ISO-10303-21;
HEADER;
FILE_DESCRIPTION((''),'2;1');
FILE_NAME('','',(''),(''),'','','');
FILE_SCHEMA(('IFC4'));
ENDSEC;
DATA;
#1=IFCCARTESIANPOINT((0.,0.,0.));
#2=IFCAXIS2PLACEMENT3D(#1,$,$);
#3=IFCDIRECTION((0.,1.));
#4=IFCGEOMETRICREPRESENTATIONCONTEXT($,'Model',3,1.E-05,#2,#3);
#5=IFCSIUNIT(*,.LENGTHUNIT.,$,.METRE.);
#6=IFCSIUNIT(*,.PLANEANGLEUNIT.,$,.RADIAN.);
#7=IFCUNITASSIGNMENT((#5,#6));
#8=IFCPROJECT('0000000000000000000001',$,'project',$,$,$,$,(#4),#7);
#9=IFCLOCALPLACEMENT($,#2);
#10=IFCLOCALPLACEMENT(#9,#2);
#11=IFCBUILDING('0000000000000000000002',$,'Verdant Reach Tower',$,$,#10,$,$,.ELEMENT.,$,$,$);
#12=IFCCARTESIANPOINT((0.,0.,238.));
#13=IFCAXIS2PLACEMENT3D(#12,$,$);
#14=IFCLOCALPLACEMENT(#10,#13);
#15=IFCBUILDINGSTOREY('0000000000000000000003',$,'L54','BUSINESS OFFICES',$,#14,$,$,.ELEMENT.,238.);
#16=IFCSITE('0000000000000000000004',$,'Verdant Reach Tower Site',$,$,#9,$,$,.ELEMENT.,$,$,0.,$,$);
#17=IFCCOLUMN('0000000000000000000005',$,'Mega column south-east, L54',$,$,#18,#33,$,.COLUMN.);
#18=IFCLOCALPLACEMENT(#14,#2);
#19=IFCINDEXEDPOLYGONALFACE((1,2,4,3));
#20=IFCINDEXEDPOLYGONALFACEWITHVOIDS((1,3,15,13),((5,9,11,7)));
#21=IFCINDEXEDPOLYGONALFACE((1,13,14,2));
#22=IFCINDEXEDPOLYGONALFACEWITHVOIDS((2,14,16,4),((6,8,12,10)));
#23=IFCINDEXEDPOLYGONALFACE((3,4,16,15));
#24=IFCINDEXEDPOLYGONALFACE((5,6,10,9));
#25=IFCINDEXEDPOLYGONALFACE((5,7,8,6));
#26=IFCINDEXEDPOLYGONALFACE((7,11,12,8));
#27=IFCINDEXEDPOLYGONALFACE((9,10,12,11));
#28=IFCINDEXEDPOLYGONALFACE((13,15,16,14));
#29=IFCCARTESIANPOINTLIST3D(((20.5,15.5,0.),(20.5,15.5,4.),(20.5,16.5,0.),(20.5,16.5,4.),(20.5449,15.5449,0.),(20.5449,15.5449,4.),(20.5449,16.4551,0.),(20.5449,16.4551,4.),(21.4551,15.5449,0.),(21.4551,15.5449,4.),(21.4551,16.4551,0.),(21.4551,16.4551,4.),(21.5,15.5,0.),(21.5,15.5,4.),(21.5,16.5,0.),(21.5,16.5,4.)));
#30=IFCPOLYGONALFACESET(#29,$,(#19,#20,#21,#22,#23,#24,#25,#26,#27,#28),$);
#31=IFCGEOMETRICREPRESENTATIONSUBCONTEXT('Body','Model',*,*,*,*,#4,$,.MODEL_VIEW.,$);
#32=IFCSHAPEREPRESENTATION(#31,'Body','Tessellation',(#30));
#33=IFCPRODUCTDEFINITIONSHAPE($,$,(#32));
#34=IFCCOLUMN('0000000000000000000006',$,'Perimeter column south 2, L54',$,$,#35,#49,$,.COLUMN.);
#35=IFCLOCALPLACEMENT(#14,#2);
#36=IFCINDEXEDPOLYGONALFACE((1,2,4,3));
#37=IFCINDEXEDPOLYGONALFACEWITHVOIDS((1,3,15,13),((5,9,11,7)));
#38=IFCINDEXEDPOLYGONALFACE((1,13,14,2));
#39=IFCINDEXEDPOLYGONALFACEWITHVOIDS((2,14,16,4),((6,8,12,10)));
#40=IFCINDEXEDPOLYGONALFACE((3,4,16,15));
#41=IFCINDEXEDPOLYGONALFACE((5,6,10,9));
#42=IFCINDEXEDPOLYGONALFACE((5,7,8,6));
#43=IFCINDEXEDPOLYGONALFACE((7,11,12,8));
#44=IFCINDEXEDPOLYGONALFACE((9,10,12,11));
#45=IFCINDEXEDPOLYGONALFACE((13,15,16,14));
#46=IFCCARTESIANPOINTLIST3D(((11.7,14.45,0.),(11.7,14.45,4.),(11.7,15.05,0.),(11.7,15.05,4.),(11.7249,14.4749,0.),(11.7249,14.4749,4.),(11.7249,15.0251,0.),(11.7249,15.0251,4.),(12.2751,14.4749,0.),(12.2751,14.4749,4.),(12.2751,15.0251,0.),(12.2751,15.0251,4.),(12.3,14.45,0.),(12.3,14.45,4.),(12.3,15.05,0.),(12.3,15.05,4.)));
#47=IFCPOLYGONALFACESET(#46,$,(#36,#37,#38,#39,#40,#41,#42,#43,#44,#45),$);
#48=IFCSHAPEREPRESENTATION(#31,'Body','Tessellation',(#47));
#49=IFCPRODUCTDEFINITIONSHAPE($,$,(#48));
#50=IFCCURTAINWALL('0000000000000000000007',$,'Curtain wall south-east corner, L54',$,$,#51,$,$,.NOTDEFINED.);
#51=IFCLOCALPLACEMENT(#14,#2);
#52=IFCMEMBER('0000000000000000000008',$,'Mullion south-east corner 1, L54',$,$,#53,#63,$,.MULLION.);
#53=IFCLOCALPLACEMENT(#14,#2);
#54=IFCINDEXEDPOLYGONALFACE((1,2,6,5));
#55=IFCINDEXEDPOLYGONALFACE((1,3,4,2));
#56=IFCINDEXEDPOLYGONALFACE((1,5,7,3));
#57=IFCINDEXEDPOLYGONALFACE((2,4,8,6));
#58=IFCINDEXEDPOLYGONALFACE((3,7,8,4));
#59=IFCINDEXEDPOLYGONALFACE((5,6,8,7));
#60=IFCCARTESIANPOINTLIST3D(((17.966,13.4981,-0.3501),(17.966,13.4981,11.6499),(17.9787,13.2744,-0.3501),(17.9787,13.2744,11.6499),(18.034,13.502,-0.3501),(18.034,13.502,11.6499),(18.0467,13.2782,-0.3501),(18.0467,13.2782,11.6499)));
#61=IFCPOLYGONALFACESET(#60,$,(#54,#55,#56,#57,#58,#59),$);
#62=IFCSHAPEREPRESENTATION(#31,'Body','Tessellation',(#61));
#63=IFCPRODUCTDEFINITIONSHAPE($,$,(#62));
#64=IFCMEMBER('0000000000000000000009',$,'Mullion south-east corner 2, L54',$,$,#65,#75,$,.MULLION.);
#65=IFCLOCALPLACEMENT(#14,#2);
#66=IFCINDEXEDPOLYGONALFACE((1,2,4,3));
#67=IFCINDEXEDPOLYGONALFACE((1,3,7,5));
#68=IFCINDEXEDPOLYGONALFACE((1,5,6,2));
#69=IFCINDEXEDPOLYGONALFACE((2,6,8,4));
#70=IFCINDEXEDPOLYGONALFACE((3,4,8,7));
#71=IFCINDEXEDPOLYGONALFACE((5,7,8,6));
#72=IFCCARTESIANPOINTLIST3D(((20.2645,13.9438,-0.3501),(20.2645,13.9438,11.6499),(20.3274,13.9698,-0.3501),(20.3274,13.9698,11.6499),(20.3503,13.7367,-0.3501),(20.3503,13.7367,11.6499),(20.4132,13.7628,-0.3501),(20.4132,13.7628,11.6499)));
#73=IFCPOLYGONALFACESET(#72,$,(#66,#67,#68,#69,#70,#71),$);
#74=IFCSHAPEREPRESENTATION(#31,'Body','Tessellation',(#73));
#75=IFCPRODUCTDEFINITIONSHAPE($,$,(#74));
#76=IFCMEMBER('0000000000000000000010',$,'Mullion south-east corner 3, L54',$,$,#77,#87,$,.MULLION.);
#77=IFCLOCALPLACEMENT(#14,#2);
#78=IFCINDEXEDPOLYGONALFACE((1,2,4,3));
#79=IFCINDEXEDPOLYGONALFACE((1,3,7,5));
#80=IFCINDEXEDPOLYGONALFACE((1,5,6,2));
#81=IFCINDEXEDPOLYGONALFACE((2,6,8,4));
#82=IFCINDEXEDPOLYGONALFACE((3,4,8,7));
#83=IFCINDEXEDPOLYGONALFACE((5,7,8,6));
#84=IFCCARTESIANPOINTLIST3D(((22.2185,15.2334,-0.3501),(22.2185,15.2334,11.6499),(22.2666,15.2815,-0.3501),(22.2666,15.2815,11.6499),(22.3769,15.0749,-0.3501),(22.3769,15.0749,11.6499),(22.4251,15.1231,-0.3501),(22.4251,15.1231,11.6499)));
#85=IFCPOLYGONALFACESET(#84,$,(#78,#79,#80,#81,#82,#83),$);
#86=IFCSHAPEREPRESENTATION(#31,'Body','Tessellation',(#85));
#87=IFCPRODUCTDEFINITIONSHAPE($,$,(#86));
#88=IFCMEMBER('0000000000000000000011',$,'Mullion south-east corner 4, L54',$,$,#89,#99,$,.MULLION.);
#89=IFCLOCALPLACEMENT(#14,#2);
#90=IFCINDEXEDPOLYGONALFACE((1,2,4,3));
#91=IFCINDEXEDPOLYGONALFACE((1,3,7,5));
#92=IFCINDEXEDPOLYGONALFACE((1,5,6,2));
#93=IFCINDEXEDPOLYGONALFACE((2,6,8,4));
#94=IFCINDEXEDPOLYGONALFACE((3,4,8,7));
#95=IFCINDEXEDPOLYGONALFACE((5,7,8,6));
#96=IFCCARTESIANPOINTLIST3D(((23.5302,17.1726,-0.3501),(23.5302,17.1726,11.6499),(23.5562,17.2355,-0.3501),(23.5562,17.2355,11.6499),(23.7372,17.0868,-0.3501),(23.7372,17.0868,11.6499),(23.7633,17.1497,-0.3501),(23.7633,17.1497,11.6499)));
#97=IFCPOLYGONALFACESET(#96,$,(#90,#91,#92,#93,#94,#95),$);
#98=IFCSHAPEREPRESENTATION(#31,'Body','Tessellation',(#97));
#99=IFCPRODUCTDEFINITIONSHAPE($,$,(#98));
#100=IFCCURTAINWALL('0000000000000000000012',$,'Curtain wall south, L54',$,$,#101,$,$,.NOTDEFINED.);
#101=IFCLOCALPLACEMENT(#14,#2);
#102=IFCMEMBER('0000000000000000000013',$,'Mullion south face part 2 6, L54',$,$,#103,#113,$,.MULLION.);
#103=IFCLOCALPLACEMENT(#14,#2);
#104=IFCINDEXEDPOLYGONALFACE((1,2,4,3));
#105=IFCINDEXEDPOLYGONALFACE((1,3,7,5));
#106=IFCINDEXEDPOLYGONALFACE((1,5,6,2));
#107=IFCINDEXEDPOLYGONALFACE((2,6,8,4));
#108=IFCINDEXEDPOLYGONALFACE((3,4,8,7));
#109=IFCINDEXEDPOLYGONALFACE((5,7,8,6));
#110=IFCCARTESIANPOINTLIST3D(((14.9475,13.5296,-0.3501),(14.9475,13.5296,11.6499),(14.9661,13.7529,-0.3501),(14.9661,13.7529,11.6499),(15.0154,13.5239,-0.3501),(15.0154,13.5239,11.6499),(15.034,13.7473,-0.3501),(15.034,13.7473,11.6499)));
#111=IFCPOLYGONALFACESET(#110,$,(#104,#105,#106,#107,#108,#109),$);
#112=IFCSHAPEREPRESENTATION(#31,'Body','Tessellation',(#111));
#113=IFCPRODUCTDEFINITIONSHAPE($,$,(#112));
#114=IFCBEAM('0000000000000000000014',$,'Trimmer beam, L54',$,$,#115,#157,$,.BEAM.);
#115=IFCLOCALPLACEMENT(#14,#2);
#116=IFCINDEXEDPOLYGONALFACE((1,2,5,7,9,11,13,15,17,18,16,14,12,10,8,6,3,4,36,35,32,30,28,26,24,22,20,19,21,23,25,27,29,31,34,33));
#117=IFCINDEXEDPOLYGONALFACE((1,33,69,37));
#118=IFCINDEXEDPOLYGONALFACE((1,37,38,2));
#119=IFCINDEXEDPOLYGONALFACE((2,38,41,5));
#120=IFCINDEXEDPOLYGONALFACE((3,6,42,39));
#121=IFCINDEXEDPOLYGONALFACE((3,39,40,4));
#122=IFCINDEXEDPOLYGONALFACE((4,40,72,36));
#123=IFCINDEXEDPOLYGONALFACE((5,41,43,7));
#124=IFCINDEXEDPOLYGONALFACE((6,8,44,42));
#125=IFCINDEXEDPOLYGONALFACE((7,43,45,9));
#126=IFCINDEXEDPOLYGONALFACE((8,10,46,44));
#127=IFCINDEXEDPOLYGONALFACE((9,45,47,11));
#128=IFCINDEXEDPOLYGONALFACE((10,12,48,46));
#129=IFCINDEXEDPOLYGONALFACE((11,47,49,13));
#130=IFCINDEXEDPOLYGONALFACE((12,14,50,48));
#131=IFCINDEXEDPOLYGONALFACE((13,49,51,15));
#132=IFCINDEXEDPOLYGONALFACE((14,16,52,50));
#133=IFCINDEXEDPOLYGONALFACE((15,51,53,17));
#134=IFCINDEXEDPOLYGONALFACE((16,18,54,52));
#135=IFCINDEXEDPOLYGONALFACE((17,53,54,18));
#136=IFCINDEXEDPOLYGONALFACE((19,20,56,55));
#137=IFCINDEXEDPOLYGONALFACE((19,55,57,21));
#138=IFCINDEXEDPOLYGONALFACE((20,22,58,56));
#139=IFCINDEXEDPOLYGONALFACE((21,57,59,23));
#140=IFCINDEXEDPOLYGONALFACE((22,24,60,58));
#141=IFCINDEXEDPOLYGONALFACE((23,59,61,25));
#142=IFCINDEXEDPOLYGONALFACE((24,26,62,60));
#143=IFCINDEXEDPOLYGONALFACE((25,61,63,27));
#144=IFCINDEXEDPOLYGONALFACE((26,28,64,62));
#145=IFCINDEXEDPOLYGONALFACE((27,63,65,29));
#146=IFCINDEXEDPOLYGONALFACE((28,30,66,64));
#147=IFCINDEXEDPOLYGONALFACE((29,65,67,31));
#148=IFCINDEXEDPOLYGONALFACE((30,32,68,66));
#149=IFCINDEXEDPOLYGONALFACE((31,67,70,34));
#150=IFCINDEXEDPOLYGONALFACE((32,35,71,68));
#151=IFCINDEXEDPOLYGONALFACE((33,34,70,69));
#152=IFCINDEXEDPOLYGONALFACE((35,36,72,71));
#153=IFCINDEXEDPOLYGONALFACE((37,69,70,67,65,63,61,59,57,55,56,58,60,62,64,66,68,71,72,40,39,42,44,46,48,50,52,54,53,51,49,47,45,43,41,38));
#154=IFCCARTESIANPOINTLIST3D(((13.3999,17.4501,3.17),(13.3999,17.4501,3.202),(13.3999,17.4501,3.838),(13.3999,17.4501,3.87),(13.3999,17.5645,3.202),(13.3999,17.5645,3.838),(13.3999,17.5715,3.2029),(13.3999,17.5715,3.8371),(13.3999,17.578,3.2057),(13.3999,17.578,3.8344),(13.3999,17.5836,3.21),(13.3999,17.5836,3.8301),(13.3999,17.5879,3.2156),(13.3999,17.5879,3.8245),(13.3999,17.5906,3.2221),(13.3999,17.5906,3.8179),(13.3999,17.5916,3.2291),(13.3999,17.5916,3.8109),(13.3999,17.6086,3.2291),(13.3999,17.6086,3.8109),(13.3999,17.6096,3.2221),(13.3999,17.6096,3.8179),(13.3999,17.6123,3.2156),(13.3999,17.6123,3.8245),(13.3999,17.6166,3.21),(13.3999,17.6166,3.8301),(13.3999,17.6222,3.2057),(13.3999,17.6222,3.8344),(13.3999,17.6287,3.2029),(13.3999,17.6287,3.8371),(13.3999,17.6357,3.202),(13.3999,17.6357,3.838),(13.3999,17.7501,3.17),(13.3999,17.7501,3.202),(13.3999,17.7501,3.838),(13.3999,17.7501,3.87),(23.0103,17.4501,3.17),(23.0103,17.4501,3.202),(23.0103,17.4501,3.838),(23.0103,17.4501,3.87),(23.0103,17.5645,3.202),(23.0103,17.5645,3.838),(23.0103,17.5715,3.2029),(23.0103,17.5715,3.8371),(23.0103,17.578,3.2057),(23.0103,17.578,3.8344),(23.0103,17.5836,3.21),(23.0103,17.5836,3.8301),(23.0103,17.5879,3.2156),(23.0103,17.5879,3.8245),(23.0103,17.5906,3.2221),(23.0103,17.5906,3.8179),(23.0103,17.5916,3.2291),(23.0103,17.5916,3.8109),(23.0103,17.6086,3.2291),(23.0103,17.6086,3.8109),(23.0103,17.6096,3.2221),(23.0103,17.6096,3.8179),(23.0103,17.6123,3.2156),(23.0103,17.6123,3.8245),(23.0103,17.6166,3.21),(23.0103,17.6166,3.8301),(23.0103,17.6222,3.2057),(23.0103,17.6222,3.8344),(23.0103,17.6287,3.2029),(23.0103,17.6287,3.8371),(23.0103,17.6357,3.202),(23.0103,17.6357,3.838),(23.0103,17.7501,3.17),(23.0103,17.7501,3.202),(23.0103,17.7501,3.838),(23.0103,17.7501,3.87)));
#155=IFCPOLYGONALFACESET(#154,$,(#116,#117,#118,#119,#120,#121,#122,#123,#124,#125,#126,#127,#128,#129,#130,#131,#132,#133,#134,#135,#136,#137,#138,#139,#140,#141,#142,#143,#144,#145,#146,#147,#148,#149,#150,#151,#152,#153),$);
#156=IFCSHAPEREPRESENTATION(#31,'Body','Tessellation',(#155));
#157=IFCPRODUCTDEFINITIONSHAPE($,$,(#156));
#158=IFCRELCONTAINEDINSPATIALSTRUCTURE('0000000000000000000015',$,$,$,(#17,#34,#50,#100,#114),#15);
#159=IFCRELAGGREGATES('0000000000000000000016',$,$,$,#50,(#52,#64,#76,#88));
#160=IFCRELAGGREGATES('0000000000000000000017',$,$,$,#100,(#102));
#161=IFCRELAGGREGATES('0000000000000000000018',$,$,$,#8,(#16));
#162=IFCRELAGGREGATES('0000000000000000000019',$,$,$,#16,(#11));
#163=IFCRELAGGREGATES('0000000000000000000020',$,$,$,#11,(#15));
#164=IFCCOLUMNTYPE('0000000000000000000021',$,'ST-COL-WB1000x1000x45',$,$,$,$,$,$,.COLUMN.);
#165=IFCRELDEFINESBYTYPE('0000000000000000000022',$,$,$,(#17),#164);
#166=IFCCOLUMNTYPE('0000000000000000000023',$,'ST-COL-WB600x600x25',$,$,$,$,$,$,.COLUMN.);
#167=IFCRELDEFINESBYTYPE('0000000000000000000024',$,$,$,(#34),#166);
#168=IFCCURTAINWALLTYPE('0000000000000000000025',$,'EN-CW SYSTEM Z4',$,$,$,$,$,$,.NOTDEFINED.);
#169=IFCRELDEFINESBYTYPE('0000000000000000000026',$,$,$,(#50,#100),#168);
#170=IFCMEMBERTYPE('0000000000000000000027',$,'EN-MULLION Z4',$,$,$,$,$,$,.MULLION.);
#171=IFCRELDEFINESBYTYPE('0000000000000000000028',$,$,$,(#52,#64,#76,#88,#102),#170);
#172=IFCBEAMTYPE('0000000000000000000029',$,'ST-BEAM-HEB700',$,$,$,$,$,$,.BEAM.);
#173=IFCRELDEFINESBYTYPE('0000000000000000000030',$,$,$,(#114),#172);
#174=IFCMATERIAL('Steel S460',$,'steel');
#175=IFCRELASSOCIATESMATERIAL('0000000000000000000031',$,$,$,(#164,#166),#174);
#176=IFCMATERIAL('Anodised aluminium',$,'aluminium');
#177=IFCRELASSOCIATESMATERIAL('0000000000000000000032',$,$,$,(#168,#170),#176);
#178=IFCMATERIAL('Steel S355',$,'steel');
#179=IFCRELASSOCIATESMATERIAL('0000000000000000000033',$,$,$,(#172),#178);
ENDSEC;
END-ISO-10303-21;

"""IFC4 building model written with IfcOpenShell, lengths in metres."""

from ifc_helpers import new_model, si_unit, direction, frame, origin, origin_2d, place, context, subcontext, project, spatial, rectangle, hollow_rectangle, i_section, extrude, material, material_profile, profile_set, type_object, element, aggregate, save


model = new_model("IFC4")

# Units and contexts
model_context = context("Model", 3, precision=1e-05, world=origin(), true_north=direction((0.0, 1.0)))
body_context = subcontext(model_context, "Body", "Model", "MODEL_VIEW")
ifc_project = project(units=[si_unit("LENGTHUNIT", "METRE"), si_unit("PLANEANGLEUNIT", "RADIAN")], contexts=[model_context])

# Site, building, storey
site_placement = place(None, origin())
site = spatial("IfcSite", under=ifc_project, at=site_placement, Name="Verdant Reach Tower Site", CompositionType="ELEMENT", RefElevation=0.0)
building_placement = place(site_placement, origin())
building = spatial("IfcBuilding", under=site, at=building_placement, Name="Verdant Reach Tower", CompositionType="ELEMENT")
storey_placement = place(building_placement, frame((0.0, 0.0, 238.0)))
storey = spatial("IfcBuildingStorey", under=building, at=storey_placement, Name="L54", Description="BUSINESS OFFICES", CompositionType="ELEMENT", Elevation=238.0)

# Columns
ifc_material_1 = material(Name="Steel S460", Category="steel")
ifc_material_profile_1 = material_profile(ifc_material_1, hollow_rectangle(XDim=1.0, YDim=1.0, WallThickness=0.0449, at=origin_2d()), Name="WB 1000x1000x45")
ifc_profile_set_1 = profile_set([ifc_material_profile_1], Name="Steel S460")
column_type_1 = type_object("IfcColumnType", Name="ST-COL-WB1000x1000x45", PredefinedType="COLUMN", material=ifc_profile_set_1)
column_1_placement = place(storey_placement, frame((21.0, 16.0, 0.0), z_axis=(0.0, 0.0, 1.0), x_axis=(1.0, 0.0, 0.0)))
element("IfcColumn", 1, at=column_1_placement, inside=storey, type_object=column_type_1, Name="Mega column south-east, L54", PredefinedType="COLUMN", context=body_context, shape_type="SweptSolid", body=[
    extrude(hollow_rectangle(XDim=1.0, YDim=1.0, WallThickness=0.0449, at=origin_2d()), origin(), (0.0, 0.0, 1.0), 4.0),
])
ifc_material_profile_2 = material_profile(ifc_material_1, hollow_rectangle(XDim=0.6001, YDim=0.6001, WallThickness=0.0249, at=origin_2d()), Name="WB 600x600x25")
ifc_profile_set_2 = profile_set([ifc_material_profile_2], Name="Steel S460")
column_type_2 = type_object("IfcColumnType", Name="ST-COL-WB600x600x25", PredefinedType="COLUMN", material=ifc_profile_set_2)
column_2_placement = place(storey_placement, frame((12.0, 14.75, 0.0), z_axis=(0.0, 0.0, 1.0), x_axis=(1.0, 0.0, 0.0)))
element("IfcColumn", 2, at=column_2_placement, inside=storey, type_object=column_type_2, Name="Perimeter column south 2, L54", PredefinedType="COLUMN", context=body_context, shape_type="SweptSolid", body=[
    extrude(hollow_rectangle(XDim=0.6001, YDim=0.6001, WallThickness=0.0249, at=origin_2d()), origin(), (0.0, 0.0, 1.0), 4.0),
])

# Curtain wall, members
ifc_material_2 = material(Name="Anodised aluminium", Category="aluminium")
curtain_wall_type = type_object("IfcCurtainWallType", Name="EN-CW SYSTEM Z4", PredefinedType="NOTDEFINED", material=ifc_material_2)
curtain_wall_1_placement = place(storey_placement, origin())
curtain_wall_1 = element("IfcCurtainWall", 3, at=curtain_wall_1_placement, inside=storey, type_object=curtain_wall_type, Name="Curtain wall south-east corner, L54", PredefinedType="NOTDEFINED")
ifc_material_profile_3 = material_profile(ifc_material_2, rectangle(XDim=0.2241, YDim=0.0681, at=origin_2d()), Name="Mullion 68x224")
ifc_profile_set_3 = profile_set([ifc_material_profile_3], Name="Anodised aluminium")
member_type = type_object("IfcMemberType", Name="EN-MULLION Z4", PredefinedType="MULLION", material=ifc_profile_set_3)
member_1_placement = place(storey_placement, frame((18.0063, 13.3882, -0.3501), z_axis=(0.0, 0.0, 1.0), x_axis=(0.056569, -0.998399, 0.0)))
member_1 = element("IfcMember", 4, at=member_1_placement, type_object=member_type, Name="Mullion south-east corner 1, L54", PredefinedType="MULLION", context=body_context, shape_type="SweptSolid", body=[
    extrude(rectangle(XDim=0.2241, YDim=0.0681, at=origin_2d()), origin(), (0.0, 0.0, 1.0), 12.0),
])
member_2_placement = place(storey_placement, frame((20.3389, 13.8533, -0.3501), z_axis=(0.0, 0.0, 1.0), x_axis=(0.382694, -0.923875, 0.0)))
member_2 = element("IfcMember", 5, at=member_2_placement, type_object=member_type, Name="Mullion south-east corner 2, L54", PredefinedType="MULLION", context=body_context, shape_type="SweptSolid", body=[
    extrude(rectangle(XDim=0.2241, YDim=0.0681, at=origin_2d()), origin(), (0.0, 0.0, 1.0), 12.0),
])
member_3_placement = place(storey_placement, frame((22.3218, 15.1782, -0.3501), z_axis=(0.0, 0.0, 1.0), x_axis=(0.707107, -0.707107, 0.0)))
member_3 = element("IfcMember", 6, at=member_3_placement, type_object=member_type, Name="Mullion south-east corner 3, L54", PredefinedType="MULLION", context=body_context, shape_type="SweptSolid", body=[
    extrude(rectangle(XDim=0.2241, YDim=0.0681, at=origin_2d()), origin(), (0.0, 0.0, 1.0), 12.0),
])
member_4_placement = place(storey_placement, frame((23.6467, 17.1611, -0.3501), z_axis=(0.0, 0.0, 1.0), x_axis=(0.923875, -0.382694, 0.0)))
member_4 = element("IfcMember", 7, at=member_4_placement, type_object=member_type, Name="Mullion south-east corner 4, L54", PredefinedType="MULLION", context=body_context, shape_type="SweptSolid", body=[
    extrude(rectangle(XDim=0.2241, YDim=0.0681, at=origin_2d()), origin(), (0.0, 0.0, 1.0), 12.0),
])

# Curtain wall, member
curtain_wall_2_placement = place(storey_placement, origin())
curtain_wall_2 = element("IfcCurtainWall", 8, at=curtain_wall_2_placement, inside=storey, type_object=curtain_wall_type, Name="Curtain wall south, L54", PredefinedType="NOTDEFINED")
member_5_placement = place(storey_placement, frame((14.9907, 13.6384, -0.3501), z_axis=(0.0, 0.0, 1.0), x_axis=(-0.083045, -0.996546, 0.0)))
member_5 = element("IfcMember", 9, at=member_5_placement, type_object=member_type, Name="Mullion south face part 2 6, L54", PredefinedType="MULLION", context=body_context, shape_type="SweptSolid", body=[
    extrude(rectangle(XDim=0.2241, YDim=0.0681, at=origin_2d()), origin(), (0.0, 0.0, 1.0), 12.0),
])

# Beam
ifc_material_3 = material(Name="Steel S355", Category="steel")
ifc_material_profile_4 = material_profile(ifc_material_3, i_section(OverallWidth=0.3, OverallDepth=0.7, WebThickness=0.0171, FlangeThickness=0.032, FilletRadius=0.0271, at=origin_2d()), Name="HEB 700")
ifc_profile_set_4 = profile_set([ifc_material_profile_4], Name="Steel S355")
beam_type_1 = type_object("IfcBeamType", Name="ST-BEAM-HEB700", PredefinedType="BEAM", material=ifc_profile_set_4)
beam_1_placement = place(storey_placement, frame((13.3999, 17.6001, 3.52), z_axis=(1.0, 0.0, 0.0), x_axis=(0.0, 1.0, 0.0)))
element("IfcBeam", 10, at=beam_1_placement, inside=storey, type_object=beam_type_1, Name="Trimmer beam, L54", PredefinedType="BEAM", context=body_context, shape_type="SweptSolid", body=[
    extrude(i_section(OverallWidth=0.3, OverallDepth=0.7, WebThickness=0.0171, FlangeThickness=0.032, FilletRadius=0.0271, at=origin_2d()), origin(), (0.0, 0.0, 1.0), 9.6104),
])

aggregate(curtain_wall_1, [member_1, member_2, member_3, member_4])
aggregate(curtain_wall_2, [member_5])

save(model, "model.ifc")
